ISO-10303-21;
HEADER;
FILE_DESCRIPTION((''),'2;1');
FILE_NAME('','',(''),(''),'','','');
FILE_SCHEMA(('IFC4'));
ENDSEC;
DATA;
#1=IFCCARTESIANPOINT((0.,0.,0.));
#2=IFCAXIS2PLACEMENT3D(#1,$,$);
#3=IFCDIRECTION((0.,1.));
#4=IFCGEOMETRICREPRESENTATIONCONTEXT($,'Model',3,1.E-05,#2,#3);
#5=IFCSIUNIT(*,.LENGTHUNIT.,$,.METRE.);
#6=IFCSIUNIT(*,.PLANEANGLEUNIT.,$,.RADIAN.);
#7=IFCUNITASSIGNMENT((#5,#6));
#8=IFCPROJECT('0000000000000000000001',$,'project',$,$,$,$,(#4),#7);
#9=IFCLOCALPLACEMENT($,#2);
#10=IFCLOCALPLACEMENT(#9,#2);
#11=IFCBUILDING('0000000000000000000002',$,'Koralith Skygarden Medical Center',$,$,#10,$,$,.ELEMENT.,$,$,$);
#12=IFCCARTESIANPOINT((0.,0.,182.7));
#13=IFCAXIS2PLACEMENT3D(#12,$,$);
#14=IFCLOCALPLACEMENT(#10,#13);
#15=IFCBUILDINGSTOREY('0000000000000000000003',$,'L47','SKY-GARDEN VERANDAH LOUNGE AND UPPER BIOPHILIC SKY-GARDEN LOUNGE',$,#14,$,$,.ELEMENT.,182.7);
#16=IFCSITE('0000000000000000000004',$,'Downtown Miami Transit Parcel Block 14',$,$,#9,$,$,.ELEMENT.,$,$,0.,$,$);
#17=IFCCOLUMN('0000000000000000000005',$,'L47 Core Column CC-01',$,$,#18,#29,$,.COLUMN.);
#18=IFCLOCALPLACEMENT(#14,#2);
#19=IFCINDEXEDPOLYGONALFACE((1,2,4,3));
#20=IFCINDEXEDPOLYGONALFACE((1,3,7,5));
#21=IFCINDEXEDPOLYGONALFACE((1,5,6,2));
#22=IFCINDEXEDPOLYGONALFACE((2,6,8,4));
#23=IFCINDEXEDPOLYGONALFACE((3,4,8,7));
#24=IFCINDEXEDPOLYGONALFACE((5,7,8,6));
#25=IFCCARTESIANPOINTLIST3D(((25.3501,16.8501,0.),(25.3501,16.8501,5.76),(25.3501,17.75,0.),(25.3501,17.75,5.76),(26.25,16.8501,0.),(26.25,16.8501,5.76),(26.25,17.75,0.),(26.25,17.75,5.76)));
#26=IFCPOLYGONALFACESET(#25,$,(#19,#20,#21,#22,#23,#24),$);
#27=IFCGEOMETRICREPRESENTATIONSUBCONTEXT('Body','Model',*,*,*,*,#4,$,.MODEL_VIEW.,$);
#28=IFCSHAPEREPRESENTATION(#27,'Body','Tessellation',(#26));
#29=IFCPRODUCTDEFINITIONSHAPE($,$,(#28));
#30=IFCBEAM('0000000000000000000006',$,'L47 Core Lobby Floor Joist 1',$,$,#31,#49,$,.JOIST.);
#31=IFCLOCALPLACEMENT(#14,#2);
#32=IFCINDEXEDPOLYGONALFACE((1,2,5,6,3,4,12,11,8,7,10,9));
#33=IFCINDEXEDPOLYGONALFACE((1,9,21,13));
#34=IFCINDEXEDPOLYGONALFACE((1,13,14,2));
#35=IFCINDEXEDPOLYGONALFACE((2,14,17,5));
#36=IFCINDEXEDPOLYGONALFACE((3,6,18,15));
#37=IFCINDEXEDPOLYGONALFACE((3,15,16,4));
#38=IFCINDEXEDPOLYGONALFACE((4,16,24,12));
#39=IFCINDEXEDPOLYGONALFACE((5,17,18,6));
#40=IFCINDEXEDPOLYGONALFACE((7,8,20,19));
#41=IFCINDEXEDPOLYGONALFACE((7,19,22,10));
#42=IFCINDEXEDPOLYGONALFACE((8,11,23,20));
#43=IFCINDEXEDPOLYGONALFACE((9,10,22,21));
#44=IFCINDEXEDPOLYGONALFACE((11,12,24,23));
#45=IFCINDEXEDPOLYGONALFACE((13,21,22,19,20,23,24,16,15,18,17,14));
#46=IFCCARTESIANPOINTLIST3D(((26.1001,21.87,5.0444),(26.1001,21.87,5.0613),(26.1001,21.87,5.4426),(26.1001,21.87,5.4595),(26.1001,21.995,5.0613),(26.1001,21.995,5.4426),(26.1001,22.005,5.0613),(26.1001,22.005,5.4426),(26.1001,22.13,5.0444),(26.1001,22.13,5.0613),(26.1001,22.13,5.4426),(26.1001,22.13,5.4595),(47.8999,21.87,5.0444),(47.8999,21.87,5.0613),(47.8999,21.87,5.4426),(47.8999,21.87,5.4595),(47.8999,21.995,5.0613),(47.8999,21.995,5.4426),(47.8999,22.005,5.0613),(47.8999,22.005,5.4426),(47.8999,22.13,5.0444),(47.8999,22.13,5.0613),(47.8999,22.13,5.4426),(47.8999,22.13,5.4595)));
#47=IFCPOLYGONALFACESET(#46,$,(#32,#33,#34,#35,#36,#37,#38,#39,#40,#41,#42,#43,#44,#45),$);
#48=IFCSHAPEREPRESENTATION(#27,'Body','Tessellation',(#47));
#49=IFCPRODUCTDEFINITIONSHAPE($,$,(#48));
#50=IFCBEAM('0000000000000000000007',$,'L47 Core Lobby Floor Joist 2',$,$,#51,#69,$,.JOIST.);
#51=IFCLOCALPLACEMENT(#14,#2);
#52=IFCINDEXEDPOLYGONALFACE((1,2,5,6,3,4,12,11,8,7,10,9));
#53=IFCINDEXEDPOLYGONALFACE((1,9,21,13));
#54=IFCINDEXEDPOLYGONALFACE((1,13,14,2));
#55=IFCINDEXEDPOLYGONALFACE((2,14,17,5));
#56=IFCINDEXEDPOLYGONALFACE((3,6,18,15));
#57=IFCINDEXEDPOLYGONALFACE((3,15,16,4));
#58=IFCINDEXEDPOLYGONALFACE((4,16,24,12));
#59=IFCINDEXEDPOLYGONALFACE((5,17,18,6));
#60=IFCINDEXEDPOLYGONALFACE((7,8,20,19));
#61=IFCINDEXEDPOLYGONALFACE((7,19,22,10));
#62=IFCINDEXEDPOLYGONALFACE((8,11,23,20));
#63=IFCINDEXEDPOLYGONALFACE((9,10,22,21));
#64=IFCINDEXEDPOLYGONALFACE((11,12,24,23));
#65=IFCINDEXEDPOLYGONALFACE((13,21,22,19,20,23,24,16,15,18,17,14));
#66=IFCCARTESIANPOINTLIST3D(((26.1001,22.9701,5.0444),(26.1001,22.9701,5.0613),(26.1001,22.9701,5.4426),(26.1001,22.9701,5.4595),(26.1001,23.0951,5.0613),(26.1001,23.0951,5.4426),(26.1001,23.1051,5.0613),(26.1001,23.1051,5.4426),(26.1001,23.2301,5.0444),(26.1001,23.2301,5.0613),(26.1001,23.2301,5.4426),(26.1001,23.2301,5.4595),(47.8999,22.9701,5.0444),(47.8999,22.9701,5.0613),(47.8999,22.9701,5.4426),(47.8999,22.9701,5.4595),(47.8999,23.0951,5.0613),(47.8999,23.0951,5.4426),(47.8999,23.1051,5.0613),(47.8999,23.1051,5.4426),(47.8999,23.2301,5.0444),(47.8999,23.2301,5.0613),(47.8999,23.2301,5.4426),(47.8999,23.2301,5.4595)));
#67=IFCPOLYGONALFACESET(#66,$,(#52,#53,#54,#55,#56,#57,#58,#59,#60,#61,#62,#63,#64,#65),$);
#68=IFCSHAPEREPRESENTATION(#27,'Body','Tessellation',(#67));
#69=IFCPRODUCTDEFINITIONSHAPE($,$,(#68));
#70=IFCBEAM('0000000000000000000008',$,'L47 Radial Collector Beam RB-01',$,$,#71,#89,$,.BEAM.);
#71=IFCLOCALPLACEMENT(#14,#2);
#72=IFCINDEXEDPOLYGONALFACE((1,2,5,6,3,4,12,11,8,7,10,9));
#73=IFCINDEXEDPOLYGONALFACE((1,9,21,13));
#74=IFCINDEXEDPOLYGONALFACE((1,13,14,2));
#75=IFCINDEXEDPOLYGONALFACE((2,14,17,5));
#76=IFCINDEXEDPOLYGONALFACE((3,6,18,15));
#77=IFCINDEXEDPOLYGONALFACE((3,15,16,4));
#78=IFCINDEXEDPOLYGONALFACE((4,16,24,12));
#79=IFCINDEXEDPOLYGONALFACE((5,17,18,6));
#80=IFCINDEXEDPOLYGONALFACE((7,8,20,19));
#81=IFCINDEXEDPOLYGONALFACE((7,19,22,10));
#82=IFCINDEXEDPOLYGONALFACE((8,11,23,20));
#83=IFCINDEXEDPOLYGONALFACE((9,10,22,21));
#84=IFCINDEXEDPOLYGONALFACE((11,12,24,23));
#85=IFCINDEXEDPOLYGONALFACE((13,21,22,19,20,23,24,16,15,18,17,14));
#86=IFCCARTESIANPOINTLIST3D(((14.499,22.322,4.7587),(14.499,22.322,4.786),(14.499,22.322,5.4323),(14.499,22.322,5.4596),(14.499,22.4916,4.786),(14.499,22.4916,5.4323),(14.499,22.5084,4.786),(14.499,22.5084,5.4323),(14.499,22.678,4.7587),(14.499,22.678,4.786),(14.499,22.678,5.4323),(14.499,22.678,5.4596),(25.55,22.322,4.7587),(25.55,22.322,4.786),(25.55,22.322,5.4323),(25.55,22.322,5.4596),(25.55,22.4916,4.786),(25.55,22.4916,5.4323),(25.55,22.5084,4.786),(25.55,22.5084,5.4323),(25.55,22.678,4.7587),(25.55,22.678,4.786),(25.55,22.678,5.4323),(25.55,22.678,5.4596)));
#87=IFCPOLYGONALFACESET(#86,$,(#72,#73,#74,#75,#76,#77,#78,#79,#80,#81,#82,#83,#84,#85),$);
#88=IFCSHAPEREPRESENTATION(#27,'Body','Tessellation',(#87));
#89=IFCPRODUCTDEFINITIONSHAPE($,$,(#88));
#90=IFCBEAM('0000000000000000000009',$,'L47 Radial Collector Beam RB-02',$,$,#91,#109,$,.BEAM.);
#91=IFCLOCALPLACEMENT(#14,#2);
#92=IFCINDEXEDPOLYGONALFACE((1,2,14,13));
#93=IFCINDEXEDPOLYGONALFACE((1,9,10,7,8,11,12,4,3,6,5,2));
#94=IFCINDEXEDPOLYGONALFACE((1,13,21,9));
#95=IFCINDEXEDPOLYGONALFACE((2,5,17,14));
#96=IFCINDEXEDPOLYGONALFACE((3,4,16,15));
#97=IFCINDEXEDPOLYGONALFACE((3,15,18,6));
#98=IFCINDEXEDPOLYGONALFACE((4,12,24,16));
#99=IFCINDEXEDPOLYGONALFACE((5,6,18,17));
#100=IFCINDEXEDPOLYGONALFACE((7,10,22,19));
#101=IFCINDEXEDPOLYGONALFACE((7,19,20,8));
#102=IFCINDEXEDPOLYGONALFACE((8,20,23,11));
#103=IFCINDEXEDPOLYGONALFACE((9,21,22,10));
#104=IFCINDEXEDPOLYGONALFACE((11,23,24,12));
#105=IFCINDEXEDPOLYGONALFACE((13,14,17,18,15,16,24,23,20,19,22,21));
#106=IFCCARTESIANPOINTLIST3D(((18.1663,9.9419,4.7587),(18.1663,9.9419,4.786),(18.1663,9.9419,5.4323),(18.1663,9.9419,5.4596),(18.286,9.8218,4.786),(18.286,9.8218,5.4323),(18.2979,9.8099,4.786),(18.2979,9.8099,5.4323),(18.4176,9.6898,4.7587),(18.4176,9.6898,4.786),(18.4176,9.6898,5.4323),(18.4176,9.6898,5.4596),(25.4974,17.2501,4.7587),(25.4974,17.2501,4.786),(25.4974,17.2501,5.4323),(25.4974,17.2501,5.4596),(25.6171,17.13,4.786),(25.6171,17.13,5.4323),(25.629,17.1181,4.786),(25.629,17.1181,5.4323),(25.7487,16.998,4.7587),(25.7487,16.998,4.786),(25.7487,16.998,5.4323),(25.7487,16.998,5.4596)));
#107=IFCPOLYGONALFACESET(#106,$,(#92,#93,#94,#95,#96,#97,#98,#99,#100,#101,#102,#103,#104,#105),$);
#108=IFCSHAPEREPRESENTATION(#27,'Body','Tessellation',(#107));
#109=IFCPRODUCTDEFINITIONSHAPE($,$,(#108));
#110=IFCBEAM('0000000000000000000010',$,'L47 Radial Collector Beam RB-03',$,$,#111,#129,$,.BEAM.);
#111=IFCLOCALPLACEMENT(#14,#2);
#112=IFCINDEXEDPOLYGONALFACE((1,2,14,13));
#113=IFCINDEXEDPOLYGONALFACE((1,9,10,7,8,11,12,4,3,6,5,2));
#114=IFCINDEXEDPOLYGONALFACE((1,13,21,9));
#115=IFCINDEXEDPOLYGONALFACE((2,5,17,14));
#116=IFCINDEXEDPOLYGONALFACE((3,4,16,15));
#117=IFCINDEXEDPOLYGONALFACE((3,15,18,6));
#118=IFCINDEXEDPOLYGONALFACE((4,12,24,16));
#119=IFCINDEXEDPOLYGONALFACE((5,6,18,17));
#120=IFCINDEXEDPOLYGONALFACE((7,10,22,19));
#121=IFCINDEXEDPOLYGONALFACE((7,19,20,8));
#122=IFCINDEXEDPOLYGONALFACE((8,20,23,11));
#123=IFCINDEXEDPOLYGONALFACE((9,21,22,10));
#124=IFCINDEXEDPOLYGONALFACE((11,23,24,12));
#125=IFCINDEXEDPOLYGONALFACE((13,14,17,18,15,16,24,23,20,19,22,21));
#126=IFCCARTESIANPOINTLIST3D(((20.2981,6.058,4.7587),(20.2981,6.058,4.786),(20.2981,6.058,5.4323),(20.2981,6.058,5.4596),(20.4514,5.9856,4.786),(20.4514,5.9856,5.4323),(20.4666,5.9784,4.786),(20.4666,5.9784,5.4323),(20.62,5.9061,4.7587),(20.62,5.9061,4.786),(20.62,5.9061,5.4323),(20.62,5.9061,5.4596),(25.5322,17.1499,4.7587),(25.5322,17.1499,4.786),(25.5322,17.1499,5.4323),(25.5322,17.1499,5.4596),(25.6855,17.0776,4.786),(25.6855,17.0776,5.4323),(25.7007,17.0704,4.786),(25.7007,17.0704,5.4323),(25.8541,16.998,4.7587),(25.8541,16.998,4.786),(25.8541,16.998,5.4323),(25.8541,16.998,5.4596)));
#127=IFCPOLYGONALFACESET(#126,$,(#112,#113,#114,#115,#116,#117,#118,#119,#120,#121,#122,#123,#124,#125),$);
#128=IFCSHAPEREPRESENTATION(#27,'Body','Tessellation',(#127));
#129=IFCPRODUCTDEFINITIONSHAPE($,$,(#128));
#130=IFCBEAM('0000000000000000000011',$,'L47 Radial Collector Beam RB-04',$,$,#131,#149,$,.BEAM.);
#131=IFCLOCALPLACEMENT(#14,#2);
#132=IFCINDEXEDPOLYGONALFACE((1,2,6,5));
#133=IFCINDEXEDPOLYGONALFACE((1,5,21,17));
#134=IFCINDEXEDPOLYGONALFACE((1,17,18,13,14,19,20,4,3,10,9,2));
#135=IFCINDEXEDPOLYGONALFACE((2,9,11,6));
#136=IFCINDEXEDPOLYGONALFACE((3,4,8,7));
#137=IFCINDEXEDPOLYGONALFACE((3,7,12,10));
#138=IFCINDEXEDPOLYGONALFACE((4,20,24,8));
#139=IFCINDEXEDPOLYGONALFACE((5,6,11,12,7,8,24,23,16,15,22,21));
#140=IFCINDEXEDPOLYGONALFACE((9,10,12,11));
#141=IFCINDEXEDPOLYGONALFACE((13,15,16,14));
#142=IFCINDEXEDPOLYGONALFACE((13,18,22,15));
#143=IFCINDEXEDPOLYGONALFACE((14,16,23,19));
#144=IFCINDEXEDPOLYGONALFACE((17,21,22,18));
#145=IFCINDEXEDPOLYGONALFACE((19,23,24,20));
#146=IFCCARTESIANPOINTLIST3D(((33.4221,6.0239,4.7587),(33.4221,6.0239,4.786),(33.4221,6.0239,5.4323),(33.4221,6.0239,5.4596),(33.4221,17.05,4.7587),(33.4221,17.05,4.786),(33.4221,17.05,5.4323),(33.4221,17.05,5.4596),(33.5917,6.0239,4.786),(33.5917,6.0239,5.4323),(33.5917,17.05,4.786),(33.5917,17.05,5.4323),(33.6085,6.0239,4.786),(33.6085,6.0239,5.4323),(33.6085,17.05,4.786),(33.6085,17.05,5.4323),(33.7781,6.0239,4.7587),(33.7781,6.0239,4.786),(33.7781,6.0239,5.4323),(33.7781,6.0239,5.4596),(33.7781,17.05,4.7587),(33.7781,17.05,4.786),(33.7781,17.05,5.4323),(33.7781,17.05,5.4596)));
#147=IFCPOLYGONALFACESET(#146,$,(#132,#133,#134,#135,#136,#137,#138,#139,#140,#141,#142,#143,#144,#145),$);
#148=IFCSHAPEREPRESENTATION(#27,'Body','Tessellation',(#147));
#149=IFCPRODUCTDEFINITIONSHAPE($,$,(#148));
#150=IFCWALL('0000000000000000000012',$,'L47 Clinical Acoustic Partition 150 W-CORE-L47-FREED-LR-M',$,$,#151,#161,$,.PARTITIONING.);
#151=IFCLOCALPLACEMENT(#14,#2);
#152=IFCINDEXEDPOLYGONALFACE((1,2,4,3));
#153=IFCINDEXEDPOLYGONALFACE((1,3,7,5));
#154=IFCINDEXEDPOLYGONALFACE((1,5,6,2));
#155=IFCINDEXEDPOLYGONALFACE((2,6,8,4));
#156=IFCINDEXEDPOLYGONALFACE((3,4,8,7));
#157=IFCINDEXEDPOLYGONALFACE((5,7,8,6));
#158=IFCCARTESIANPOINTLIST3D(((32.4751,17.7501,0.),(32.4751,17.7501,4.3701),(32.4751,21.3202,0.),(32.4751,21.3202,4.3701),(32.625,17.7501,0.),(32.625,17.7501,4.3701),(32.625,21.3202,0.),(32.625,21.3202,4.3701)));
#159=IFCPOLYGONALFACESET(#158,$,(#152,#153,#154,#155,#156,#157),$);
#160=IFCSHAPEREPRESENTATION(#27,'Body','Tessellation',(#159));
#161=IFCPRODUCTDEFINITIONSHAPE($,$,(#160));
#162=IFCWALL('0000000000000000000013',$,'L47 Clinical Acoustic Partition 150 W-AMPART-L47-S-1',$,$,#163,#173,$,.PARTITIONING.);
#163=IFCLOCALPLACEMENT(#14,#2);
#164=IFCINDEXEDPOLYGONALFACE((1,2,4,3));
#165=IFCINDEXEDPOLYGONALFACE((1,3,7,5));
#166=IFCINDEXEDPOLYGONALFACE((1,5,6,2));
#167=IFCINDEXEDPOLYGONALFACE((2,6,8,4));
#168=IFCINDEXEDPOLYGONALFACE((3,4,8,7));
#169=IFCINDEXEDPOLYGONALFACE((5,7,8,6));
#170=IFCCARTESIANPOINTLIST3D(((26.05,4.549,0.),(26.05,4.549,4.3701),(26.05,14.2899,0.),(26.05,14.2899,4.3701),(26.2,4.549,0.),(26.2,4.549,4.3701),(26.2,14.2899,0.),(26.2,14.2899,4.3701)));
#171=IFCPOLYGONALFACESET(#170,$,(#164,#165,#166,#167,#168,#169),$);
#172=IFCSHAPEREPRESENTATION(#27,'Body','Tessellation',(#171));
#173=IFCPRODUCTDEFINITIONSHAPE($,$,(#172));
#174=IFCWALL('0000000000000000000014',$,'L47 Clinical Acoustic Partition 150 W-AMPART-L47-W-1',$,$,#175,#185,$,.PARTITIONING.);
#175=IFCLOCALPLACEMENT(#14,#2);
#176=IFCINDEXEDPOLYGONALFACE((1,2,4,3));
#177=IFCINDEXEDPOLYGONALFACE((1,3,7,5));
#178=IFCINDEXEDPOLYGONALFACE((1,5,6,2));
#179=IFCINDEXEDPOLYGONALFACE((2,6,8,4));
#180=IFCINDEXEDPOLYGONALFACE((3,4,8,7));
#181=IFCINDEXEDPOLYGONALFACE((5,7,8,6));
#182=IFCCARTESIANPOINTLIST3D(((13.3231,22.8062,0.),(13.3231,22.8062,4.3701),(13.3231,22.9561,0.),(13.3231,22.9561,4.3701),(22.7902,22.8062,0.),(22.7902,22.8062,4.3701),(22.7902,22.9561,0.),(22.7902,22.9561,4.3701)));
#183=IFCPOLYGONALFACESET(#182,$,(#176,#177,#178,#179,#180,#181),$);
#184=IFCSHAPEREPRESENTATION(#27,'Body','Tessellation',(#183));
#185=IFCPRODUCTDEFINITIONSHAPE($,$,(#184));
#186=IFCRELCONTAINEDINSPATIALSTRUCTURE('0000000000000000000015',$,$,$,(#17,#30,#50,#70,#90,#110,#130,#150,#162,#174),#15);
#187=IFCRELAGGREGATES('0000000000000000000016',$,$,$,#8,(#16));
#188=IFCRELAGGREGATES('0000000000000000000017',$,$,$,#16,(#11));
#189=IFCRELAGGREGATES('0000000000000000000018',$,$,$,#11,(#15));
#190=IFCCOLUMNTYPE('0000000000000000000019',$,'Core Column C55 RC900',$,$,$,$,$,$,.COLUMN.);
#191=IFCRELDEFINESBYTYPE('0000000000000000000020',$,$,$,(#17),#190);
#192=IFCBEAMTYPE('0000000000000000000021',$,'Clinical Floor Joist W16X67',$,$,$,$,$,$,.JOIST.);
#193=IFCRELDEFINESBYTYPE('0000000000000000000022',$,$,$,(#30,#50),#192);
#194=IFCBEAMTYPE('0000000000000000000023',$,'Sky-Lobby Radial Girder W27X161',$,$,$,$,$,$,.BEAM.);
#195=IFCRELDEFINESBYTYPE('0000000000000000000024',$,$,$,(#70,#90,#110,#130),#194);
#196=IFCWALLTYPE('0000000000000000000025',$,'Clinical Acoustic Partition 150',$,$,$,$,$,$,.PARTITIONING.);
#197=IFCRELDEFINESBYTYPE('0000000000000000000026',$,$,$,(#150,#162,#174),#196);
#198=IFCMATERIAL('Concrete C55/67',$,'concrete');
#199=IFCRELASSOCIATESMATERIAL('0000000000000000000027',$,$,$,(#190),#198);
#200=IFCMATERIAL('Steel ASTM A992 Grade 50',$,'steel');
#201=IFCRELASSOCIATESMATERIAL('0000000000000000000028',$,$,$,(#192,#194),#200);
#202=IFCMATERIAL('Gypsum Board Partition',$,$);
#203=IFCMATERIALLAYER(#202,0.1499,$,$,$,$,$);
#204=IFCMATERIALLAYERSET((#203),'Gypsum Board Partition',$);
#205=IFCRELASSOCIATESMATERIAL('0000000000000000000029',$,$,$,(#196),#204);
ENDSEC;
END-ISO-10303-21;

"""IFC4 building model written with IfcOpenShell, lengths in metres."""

from ifc_helpers import new_model, si_unit, direction, frame, frame_2d, origin, origin_2d, place, context, subcontext, project, spatial, rectangle, i_section, extrude, material, layer, layer_set, material_profile, profile_set, type_object, element, save


model = new_model("IFC4")

# Units and contexts
model_context = context("Model", 3, precision=1e-05, world=origin(), true_north=direction((0.0, 1.0)))
body_context = subcontext(model_context, "Body", "Model", "MODEL_VIEW")
ifc_project = project(units=[si_unit("LENGTHUNIT", "METRE"), si_unit("PLANEANGLEUNIT", "RADIAN")], contexts=[model_context])

# Site, building, storey
site_placement = place(None, origin())
site = spatial("IfcSite", under=ifc_project, at=site_placement, Name="Downtown Miami Transit Parcel Block 14", CompositionType="ELEMENT", RefElevation=0.0)
building_placement = place(site_placement, origin())
building = spatial("IfcBuilding", under=site, at=building_placement, Name="Koralith Skygarden Medical Center", CompositionType="ELEMENT")
storey_placement = place(building_placement, frame((0.0, 0.0, 182.7)))
storey = spatial("IfcBuildingStorey", under=building, at=storey_placement, Name="L47", Description="SKY-GARDEN VERANDAH LOUNGE AND UPPER BIOPHILIC SKY-GARDEN LOUNGE", CompositionType="ELEMENT", Elevation=182.7)

# Column
ifc_material_1 = material(Name="Concrete C55/67", Category="concrete")
ifc_material_profile_1 = material_profile(ifc_material_1, rectangle(XDim=0.8999, YDim=0.8999, at=origin_2d()), Name="RC900X900")
ifc_profile_set_1 = profile_set([ifc_material_profile_1], Name="Concrete C55/67")
column_type = type_object("IfcColumnType", Name="Core Column C55 RC900", PredefinedType="COLUMN", material=ifc_profile_set_1)
column_placement = place(storey_placement, frame((25.8, 17.3, 0.0), z_axis=(0.0, 0.0, 1.0), x_axis=(1.0, 0.0, 0.0)))
element("IfcColumn", 1, at=column_placement, inside=storey, type_object=column_type, Name="L47 Core Column CC-01", PredefinedType="COLUMN", context=body_context, shape_type="SweptSolid", body=[
    extrude(rectangle(XDim=0.8999, YDim=0.8999, at=origin_2d()), origin(), (0.0, 0.0, 1.0), 5.76),
])

# Beams
ifc_material_2 = material(Name="Steel ASTM A992 Grade 50", Category="steel")
ifc_material_profile_2 = material_profile(ifc_material_2, i_section(OverallWidth=0.26, OverallDepth=0.415, WebThickness=0.01, FlangeThickness=0.0168, at=origin_2d()), Name="W16X67")
ifc_profile_set_2 = profile_set([ifc_material_profile_2], Name="Steel ASTM A992 Grade 50")
beam_type_1 = type_object("IfcBeamType", Name="Clinical Floor Joist W16X67", PredefinedType="JOIST", material=ifc_profile_set_2)
for number, where, z_axis, x_axis, name in (
    (2, (26.1001, 22.0, 5.252), (1.0, 0.0, 0.0), (0.0, 1.0, 0.0), "L47 Core Lobby Floor Joist 1"),
    (3, (26.1001, 23.1001, 5.252), (1.0, 0.0, 0.0), (0.0, 1.0, 0.0), "L47 Core Lobby Floor Joist 2"),
):
    element("IfcBeam", number, at=place(storey_placement, frame(where, z_axis=z_axis, x_axis=x_axis)), inside=storey, type_object=beam_type_1, Name=name, PredefinedType="JOIST", context=body_context, shape_type="SweptSolid", body=[
        extrude(i_section(OverallWidth=0.26, OverallDepth=0.415, WebThickness=0.01, FlangeThickness=0.0168, at=origin_2d()), origin(), (0.0, 0.0, 1.0), 21.7998),
    ])
ifc_material_profile_3 = material_profile(ifc_material_2, i_section(OverallWidth=0.356, OverallDepth=0.7009, WebThickness=0.0168, FlangeThickness=0.0273, at=origin_2d()), Name="W27X161")
ifc_profile_set_3 = profile_set([ifc_material_profile_3], Name="Steel ASTM A992 Grade 50")
beam_type_2 = type_object("IfcBeamType", Name="Sky-Lobby Radial Girder W27X161", PredefinedType="BEAM", material=ifc_profile_set_3)
beam_1_placement = place(storey_placement, frame((25.55, 22.5, 5.1091), z_axis=(-1.0, 0.0, 0.0), x_axis=(0.0, -1.0, 0.0)))
element("IfcBeam", 4, at=beam_1_placement, inside=storey, type_object=beam_type_2, Name="L47 Radial Collector Beam RB-01", PredefinedType="BEAM", context=body_context, shape_type="SweptSolid", body=[
    extrude(i_section(OverallWidth=0.356, OverallDepth=0.7009, WebThickness=0.0168, FlangeThickness=0.0273, at=origin_2d()), origin(), (0.0, 0.0, 1.0), 11.051),
])
beam_2_placement = place(storey_placement, frame((25.623, 17.124, 5.1091), z_axis=(-0.708214, -0.705997, 0.0), x_axis=(0.705997, -0.708214, 0.0)))
element("IfcBeam", 5, at=beam_2_placement, inside=storey, type_object=beam_type_2, Name="L47 Radial Collector Beam RB-02", PredefinedType="BEAM", context=body_context, shape_type="SweptSolid", body=[
    extrude(i_section(OverallWidth=0.356, OverallDepth=0.7009, WebThickness=0.0168, FlangeThickness=0.0273, at=origin_2d()), origin(), (0.0, 0.0, 1.0), 10.3516),
])
beam_3_placement = place(storey_placement, frame((25.6931, 17.074, 5.1091), z_axis=(-0.426754, -0.904368, 0.0), x_axis=(0.904368, -0.426754, 0.0)))
element("IfcBeam", 6, at=beam_3_placement, inside=storey, type_object=beam_type_2, Name="L47 Radial Collector Beam RB-03", PredefinedType="BEAM", context=body_context, shape_type="SweptSolid", body=[
    extrude(i_section(OverallWidth=0.356, OverallDepth=0.7009, WebThickness=0.0168, FlangeThickness=0.0273, at=origin_2d()), origin(), (0.0, 0.0, 1.0), 12.2649),
])
beam_4_placement = place(storey_placement, frame((33.6001, 17.05, 5.1091), z_axis=(0.0, -1.0, 0.0), x_axis=(1.0, 0.0, 0.0)))
element("IfcBeam", 7, at=beam_4_placement, inside=storey, type_object=beam_type_2, Name="L47 Radial Collector Beam RB-04", PredefinedType="BEAM", context=body_context, shape_type="SweptSolid", body=[
    extrude(i_section(OverallWidth=0.356, OverallDepth=0.7009, WebThickness=0.0168, FlangeThickness=0.0273, at=origin_2d()), origin(), (0.0, 0.0, 1.0), 11.0261),
])

# Shared definitions
ifc_material_3 = material(Name="Gypsum Board Partition")
ifc_layer_1 = layer(ifc_material_3, 0.1499)
ifc_layer_set_1 = layer_set([ifc_layer_1], Name="Gypsum Board Partition")
wall_type_1 = type_object("IfcWallType", Name="Clinical Acoustic Partition 150", PredefinedType="PARTITIONING", material=ifc_layer_set_1)

# Walls
wall_1_placement = place(storey_placement, frame((32.55, 17.75, 0.0), z_axis=(0.0, 0.0, 1.0), x_axis=(0.0, 1.0, 0.0)))
element("IfcWall", 8, at=wall_1_placement, inside=storey, type_object=wall_type_1, Name="L47 Clinical Acoustic Partition 150 W-CORE-L47-FREED-LR-M", PredefinedType="PARTITIONING", context=body_context, shape_type="SweptSolid", body=[
    extrude(rectangle(XDim=3.5701, YDim=0.1499, at=frame_2d((1.7852, 0.0))), origin(), (0.0, 0.0, 1.0), 4.3701),
])
wall_2_placement = place(storey_placement, frame((26.125, 14.29, 0.0), z_axis=(0.0, 0.0, 1.0), x_axis=(0.0, -1.0, 0.0)))
element("IfcWall", 9, at=wall_2_placement, inside=storey, type_object=wall_type_1, Name="L47 Clinical Acoustic Partition 150 W-AMPART-L47-S-1", PredefinedType="PARTITIONING", context=body_context, shape_type="SweptSolid", body=[
    extrude(rectangle(XDim=9.741, YDim=0.1499, at=frame_2d((4.8706, 0.0))), origin(), (0.0, 0.0, 1.0), 4.3701),
])
wall_3_placement = place(storey_placement, frame((22.79, 22.8811, 0.0), z_axis=(0.0, 0.0, 1.0), x_axis=(-1.0, 0.0, 0.0)))
element("IfcWall", 10, at=wall_3_placement, inside=storey, type_object=wall_type_1, Name="L47 Clinical Acoustic Partition 150 W-AMPART-L47-W-1", PredefinedType="PARTITIONING", context=body_context, shape_type="SweptSolid", body=[
    extrude(rectangle(XDim=9.467, YDim=0.1499, at=frame_2d((4.7334, 0.0))), origin(), (0.0, 0.0, 1.0), 4.3701),
])

save(model, "model.ifc")
